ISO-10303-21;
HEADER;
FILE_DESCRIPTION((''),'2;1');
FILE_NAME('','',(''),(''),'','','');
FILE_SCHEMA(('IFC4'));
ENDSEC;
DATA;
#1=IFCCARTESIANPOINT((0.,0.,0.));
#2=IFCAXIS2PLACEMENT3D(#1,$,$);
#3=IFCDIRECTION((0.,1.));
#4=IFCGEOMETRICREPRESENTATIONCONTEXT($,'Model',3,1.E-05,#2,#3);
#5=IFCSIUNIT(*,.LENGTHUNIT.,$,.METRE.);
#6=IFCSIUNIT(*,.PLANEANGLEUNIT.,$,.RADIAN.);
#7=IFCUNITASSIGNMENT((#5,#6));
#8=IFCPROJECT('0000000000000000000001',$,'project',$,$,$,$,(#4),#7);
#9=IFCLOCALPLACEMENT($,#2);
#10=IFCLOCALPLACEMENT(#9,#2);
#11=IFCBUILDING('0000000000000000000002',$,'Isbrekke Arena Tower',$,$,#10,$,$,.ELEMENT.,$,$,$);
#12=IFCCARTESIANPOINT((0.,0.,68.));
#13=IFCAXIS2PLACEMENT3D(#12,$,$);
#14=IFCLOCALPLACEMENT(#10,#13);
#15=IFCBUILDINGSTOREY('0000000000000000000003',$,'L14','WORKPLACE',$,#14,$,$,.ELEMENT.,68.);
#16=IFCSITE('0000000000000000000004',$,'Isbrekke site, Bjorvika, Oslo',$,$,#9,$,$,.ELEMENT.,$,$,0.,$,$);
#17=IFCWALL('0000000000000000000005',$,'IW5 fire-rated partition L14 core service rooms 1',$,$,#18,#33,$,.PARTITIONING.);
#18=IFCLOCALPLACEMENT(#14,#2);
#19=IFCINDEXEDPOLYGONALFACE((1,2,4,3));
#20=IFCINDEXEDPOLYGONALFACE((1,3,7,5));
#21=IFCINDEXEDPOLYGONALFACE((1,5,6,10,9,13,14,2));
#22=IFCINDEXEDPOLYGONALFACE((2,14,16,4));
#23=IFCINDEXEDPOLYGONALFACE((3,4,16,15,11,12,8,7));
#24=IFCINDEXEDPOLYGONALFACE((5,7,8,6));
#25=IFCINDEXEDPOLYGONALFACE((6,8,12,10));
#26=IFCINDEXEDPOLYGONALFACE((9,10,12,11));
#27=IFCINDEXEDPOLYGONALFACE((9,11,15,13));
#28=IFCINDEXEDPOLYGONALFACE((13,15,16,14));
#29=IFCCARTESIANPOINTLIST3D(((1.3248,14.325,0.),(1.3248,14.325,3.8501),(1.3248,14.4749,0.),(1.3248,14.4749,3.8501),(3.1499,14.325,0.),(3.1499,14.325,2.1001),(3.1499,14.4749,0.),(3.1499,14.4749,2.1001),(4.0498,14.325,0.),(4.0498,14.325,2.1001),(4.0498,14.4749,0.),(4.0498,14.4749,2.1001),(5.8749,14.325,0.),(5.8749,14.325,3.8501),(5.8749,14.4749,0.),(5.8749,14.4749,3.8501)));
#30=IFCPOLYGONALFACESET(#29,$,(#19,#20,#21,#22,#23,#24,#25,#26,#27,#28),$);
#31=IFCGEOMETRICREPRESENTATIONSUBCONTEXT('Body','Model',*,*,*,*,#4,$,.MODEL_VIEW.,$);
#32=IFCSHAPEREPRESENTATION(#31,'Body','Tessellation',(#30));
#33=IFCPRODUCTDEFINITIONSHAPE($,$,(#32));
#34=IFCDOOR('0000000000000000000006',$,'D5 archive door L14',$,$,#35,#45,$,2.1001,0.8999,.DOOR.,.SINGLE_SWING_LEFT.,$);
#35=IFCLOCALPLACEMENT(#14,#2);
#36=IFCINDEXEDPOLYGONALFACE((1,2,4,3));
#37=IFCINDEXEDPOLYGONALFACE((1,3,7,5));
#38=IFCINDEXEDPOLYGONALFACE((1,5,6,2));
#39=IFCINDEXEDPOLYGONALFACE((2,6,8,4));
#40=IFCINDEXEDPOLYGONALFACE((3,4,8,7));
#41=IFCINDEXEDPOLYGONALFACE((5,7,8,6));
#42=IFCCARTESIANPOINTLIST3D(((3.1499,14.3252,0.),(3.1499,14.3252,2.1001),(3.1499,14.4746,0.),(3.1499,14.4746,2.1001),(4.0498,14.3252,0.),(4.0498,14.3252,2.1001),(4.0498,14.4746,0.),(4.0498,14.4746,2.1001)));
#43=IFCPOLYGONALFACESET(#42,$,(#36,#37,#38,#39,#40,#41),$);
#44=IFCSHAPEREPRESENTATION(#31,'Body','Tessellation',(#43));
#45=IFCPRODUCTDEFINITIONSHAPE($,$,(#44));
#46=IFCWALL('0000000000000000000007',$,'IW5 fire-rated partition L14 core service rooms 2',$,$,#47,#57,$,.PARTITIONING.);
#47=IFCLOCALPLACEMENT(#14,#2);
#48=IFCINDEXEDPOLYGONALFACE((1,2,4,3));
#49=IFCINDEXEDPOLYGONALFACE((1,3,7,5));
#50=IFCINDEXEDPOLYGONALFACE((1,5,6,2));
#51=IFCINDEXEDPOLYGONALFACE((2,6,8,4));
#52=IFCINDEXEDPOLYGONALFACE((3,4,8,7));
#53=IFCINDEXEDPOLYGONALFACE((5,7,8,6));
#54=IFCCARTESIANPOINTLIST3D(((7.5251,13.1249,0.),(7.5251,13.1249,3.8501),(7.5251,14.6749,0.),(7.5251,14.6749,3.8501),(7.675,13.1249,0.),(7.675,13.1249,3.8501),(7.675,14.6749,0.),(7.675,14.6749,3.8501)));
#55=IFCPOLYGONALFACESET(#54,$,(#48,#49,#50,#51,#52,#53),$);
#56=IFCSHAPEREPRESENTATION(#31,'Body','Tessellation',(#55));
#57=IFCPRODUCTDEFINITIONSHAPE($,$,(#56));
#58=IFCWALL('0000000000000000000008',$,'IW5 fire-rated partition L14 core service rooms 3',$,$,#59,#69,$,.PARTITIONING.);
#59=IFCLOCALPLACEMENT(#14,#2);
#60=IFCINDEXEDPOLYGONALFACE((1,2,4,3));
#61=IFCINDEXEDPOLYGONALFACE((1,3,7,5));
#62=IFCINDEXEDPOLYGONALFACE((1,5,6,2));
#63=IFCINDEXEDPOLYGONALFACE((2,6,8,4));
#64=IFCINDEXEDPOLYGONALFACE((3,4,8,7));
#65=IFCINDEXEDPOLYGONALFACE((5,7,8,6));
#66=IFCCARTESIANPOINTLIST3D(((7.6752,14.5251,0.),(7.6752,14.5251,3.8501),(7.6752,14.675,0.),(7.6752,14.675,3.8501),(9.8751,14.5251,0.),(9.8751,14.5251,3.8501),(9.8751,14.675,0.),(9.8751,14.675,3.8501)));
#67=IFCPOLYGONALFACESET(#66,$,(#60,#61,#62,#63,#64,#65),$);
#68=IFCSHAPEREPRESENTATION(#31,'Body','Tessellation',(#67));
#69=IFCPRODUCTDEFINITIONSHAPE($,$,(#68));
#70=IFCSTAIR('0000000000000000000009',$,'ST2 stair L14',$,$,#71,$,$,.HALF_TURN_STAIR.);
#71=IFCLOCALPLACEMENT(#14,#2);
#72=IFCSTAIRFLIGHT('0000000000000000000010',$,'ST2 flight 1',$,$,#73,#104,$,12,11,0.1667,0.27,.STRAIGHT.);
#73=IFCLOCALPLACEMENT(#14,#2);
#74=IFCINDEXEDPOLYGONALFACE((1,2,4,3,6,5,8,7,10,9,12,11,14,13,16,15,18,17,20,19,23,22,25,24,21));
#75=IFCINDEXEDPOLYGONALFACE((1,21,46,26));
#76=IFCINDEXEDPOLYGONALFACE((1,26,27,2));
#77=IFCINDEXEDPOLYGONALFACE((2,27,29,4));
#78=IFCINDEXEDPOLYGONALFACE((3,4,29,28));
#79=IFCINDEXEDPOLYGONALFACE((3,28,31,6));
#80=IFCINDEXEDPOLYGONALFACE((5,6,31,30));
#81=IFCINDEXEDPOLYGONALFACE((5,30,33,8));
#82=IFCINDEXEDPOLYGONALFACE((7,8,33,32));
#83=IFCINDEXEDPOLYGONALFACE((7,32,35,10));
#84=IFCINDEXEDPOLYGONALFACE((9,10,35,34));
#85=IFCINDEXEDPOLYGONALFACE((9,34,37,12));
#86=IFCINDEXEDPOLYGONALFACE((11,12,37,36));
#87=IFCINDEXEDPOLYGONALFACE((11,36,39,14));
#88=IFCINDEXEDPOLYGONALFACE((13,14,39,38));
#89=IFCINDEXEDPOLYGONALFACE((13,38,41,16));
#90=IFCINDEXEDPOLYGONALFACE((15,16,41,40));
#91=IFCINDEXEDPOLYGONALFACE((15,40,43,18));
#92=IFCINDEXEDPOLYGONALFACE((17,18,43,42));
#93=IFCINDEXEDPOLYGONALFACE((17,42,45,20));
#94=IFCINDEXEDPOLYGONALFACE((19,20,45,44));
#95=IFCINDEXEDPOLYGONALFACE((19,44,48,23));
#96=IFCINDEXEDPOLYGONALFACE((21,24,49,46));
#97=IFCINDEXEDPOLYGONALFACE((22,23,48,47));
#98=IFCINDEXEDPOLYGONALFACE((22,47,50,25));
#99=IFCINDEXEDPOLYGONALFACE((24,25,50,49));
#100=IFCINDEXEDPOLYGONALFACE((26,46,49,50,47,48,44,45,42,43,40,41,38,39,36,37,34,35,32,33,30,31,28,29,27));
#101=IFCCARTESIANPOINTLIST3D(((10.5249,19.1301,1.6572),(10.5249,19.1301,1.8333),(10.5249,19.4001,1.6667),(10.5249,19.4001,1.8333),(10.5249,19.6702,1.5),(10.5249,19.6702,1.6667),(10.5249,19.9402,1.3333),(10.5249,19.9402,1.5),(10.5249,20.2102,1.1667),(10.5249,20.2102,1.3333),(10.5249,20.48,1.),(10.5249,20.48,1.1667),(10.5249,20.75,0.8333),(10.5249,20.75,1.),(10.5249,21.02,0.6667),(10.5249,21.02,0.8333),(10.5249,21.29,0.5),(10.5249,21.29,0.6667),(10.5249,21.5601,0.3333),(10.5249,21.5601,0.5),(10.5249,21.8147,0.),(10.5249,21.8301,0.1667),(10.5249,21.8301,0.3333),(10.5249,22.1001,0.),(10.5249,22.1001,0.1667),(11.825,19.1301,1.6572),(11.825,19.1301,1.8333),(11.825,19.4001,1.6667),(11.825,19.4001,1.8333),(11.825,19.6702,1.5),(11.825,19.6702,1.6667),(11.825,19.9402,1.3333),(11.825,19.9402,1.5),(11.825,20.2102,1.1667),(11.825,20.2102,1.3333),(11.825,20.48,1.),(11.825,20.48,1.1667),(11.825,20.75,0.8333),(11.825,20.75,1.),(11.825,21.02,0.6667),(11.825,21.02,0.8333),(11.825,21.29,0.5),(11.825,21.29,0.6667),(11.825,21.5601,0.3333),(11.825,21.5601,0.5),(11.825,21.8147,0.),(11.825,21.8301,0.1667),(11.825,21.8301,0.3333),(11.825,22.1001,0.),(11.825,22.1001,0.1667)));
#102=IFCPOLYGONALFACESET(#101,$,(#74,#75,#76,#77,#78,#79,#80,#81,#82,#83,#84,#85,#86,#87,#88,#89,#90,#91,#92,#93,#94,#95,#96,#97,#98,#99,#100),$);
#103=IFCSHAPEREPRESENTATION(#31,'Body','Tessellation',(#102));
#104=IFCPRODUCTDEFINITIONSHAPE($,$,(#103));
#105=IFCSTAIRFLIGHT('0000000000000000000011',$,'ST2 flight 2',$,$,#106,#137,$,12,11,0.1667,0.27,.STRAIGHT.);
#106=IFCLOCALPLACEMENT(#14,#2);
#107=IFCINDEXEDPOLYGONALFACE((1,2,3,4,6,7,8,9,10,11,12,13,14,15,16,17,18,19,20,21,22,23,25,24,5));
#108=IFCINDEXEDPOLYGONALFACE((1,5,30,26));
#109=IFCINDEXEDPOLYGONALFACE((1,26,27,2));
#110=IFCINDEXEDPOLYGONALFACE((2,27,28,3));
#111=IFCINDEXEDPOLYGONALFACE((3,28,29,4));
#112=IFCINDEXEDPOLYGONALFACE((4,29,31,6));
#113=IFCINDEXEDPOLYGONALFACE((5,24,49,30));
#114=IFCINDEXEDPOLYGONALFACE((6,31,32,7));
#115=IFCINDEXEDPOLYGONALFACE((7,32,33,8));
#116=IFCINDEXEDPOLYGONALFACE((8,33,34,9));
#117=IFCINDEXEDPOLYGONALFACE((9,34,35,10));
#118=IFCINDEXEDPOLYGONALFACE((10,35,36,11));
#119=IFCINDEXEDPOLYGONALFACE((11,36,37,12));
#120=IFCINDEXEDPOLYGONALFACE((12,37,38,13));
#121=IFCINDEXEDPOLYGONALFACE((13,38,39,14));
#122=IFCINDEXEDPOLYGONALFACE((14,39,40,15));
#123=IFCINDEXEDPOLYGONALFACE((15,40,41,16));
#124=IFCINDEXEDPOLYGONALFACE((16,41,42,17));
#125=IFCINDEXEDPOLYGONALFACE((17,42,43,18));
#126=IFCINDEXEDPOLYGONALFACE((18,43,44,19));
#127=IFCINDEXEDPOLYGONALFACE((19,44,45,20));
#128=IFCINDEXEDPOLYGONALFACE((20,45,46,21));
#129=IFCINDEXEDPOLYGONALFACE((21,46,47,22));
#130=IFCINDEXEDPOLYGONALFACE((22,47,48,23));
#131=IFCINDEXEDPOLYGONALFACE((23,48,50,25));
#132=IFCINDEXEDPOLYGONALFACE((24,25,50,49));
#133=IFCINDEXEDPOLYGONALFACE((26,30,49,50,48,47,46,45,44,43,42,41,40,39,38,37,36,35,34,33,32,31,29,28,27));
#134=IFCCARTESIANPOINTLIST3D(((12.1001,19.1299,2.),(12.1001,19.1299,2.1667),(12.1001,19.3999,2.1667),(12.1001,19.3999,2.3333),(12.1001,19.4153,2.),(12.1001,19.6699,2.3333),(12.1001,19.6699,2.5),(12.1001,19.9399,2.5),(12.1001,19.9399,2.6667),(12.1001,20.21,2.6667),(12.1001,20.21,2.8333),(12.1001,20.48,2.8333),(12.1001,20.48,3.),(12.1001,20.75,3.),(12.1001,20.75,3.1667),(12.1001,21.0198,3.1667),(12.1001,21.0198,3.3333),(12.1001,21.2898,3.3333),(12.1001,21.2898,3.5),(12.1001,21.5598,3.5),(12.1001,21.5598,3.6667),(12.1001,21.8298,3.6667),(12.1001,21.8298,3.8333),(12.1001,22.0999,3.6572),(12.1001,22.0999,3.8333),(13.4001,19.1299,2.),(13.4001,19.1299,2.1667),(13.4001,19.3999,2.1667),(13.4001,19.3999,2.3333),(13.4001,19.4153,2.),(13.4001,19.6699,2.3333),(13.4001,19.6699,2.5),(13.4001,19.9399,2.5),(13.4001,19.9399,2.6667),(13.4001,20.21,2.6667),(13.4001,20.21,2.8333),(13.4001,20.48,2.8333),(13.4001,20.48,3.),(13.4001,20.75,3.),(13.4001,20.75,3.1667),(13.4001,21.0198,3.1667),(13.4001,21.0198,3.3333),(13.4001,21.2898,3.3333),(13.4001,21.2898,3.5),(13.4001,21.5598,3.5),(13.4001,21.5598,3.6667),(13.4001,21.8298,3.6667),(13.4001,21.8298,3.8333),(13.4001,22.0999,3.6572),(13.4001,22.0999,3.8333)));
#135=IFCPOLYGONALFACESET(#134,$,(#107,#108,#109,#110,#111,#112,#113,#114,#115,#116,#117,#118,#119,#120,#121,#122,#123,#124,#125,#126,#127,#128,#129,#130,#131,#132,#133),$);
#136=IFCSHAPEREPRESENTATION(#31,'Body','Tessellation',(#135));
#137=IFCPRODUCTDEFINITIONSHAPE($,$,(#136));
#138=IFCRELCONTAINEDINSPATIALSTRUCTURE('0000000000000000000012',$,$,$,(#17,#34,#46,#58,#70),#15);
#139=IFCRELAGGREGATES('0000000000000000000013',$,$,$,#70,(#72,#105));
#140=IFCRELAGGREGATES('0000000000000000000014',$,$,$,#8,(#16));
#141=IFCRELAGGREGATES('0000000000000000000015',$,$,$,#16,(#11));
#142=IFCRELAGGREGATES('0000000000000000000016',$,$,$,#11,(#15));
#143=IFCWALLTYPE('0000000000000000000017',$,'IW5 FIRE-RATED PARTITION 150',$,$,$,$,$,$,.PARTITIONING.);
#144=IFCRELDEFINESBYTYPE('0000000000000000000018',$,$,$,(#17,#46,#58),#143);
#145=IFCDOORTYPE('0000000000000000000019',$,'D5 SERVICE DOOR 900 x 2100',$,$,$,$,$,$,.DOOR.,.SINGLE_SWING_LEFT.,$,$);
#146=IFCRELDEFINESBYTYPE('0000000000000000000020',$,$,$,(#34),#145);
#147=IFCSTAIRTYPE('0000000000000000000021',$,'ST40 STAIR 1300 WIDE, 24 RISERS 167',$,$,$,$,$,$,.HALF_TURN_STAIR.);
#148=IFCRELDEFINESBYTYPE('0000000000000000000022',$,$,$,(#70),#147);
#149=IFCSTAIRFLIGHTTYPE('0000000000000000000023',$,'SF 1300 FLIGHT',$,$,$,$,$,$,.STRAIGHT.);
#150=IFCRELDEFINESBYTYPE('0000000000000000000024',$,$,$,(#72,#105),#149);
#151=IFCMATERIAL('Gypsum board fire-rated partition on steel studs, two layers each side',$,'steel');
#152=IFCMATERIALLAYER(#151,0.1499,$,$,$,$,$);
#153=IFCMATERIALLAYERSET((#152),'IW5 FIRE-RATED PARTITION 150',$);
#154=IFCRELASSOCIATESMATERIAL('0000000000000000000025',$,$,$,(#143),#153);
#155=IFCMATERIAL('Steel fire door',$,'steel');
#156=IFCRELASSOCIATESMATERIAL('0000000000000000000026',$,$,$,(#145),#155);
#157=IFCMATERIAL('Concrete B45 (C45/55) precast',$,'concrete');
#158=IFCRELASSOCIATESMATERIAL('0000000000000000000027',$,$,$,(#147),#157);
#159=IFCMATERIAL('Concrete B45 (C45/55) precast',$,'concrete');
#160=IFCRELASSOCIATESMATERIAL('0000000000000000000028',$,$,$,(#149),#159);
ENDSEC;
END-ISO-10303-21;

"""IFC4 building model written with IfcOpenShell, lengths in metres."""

from ifc_helpers import new_model, si_unit, direction, frame, frame_2d, origin, place, context, subcontext, project, spatial, polyline, rectangle, outline, extrude, material, layer, layer_set, type_object, element, fill, aggregate, save


model = new_model("IFC4")

# Units and contexts
model_context = context("Model", 3, precision=1e-05, world=origin(), true_north=direction((0.0, 1.0)))
body_context = subcontext(model_context, "Body", "Model", "MODEL_VIEW")
ifc_project = project(units=[si_unit("LENGTHUNIT", "METRE"), si_unit("PLANEANGLEUNIT", "RADIAN")], contexts=[model_context])

# Site, building, storey
site_placement = place(None, origin())
site = spatial("IfcSite", under=ifc_project, at=site_placement, Name="Isbrekke site, Bjorvika, Oslo", CompositionType="ELEMENT", RefElevation=0.0)
building_placement = place(site_placement, origin())
building = spatial("IfcBuilding", under=site, at=building_placement, Name="Isbrekke Arena Tower", CompositionType="ELEMENT")
storey_placement = place(building_placement, frame((0.0, 0.0, 68.0)))
storey = spatial("IfcBuildingStorey", under=building, at=storey_placement, Name="L14", Description="WORKPLACE", CompositionType="ELEMENT", Elevation=68.0)

# Wall, opening, door
ifc_material_1 = material(Name="Gypsum board fire-rated partition on steel studs, two layers each side", Category="steel")
ifc_layer_1 = layer(ifc_material_1, 0.1499)
ifc_layer_set_1 = layer_set([ifc_layer_1], Name="IW5 FIRE-RATED PARTITION 150")
wall_type_1 = type_object("IfcWallType", Name="IW5 FIRE-RATED PARTITION 150", PredefinedType="PARTITIONING", material=ifc_layer_set_1)
ifc_material_2 = material(Name="Steel fire door", Category="steel")
door_type_1 = type_object("IfcDoorType", Name="D5 SERVICE DOOR 900 x 2100", OperationType="SINGLE_SWING_LEFT", PredefinedType="DOOR", material=ifc_material_2)
wall_1_placement = place(storey_placement, frame((1.325, 14.3999, 0.0), z_axis=(0.0, 0.0, 1.0), x_axis=(1.0, 0.0, 0.0)))
wall_1 = element("IfcWall", 1, at=wall_1_placement, inside=storey, type_object=wall_type_1, Name="IW5 fire-rated partition L14 core service rooms 1", PredefinedType="PARTITIONING", context=body_context, shape_type="SweptSolid", body=[
    extrude(rectangle(XDim=4.55, YDim=0.1499, at=frame_2d((2.2749, 0.0))), origin(), (0.0, 0.0, 1.0), 3.8501),
])
opening_1_placement = place(wall_1_placement, frame((1.825, 0.0, 0.0)))
opening_1 = element("IfcOpeningElement", 2, at=opening_1_placement, cuts=wall_1, PredefinedType="OPENING", context=body_context, shape_type="SweptSolid", body=[
    extrude(rectangle(XDim=0.8999, YDim=2.1001, at=frame_2d((0.45, 1.05))), frame((0.0, 0.0898, 0.0), z_axis=(0.0, -1.0, 0.0), x_axis=(1.0, 0.0, 0.0)), (0.0, 0.0, 1.0), 0.1797),
])
door_1_placement = place(opening_1_placement, origin())
door_1 = element("IfcDoor", 3, at=door_1_placement, inside=storey, type_object=door_type_1, Name="D5 archive door L14", OperationType="SINGLE_SWING_LEFT", OverallHeight=2.1001, OverallWidth=0.8999, PredefinedType="DOOR", context=body_context, shape_type="SweptSolid", body=[
    extrude(rectangle(XDim=0.8999, YDim=2.1001, at=frame_2d((0.45, 1.05))), frame((0.0, 0.0747, 0.0), z_axis=(0.0, -1.0, 0.0), x_axis=(1.0, 0.0, 0.0)), (0.0, 0.0, 1.0), 0.1494),
])
fill(opening_1, door_1)

# Walls
wall_2_placement = place(storey_placement, frame((7.6001, 13.125, 0.0), z_axis=(0.0, 0.0, 1.0), x_axis=(0.0, 1.0, 0.0)))
element("IfcWall", 4, at=wall_2_placement, inside=storey, type_object=wall_type_1, Name="IW5 fire-rated partition L14 core service rooms 2", PredefinedType="PARTITIONING", context=body_context, shape_type="SweptSolid", body=[
    extrude(rectangle(XDim=1.55, YDim=0.1499, at=frame_2d((0.7749, 0.0))), origin(), (0.0, 0.0, 1.0), 3.8501),
])
wall_3_placement = place(storey_placement, frame((7.675, 14.6001, 0.0), z_axis=(0.0, 0.0, 1.0), x_axis=(1.0, 0.0, 0.0)))
element("IfcWall", 5, at=wall_3_placement, inside=storey, type_object=wall_type_1, Name="IW5 fire-rated partition L14 core service rooms 3", PredefinedType="PARTITIONING", context=body_context, shape_type="SweptSolid", body=[
    extrude(rectangle(XDim=2.2, YDim=0.1499, at=frame_2d((1.1001, 0.0))), origin(), (0.0, 0.0, 1.0), 3.8501),
])

# Stair, stair flights
ifc_material_3 = material(Name="Concrete B45 (C45/55) precast", Category="concrete")
stair_type = type_object("IfcStairType", Name="ST40 STAIR 1300 WIDE, 24 RISERS 167", PredefinedType="HALF_TURN_STAIR", material=ifc_material_3)
stair_placement = place(storey_placement, origin())
stair = element("IfcStair", 6, at=stair_placement, inside=storey, type_object=stair_type, Name="ST2 stair L14", PredefinedType="HALF_TURN_STAIR")
ifc_material_4 = material(Name="Concrete B45 (C45/55) precast", Category="concrete")
stair_flight_type = type_object("IfcStairFlightType", Name="SF 1300 FLIGHT", PredefinedType="STRAIGHT", material=ifc_material_4)
stair_flight_1_placement = place(storey_placement, frame((11.175, 22.1001, 0.0), z_axis=(0.0, 0.0, 1.0), x_axis=(0.0, -1.0, 0.0)))
stair_flight_1 = element("IfcStairFlight", 7, at=stair_flight_1_placement, type_object=stair_flight_type, Name="ST2 flight 1", NumberOfRisers=12, NumberOfTreads=11, PredefinedType="STRAIGHT", RiserHeight=0.1667, TreadLength=0.27, context=body_context, shape_type="SweptSolid", body=[
    extrude(outline(polyline([(0.0, 0.0), (0.0, 0.1667), (0.27, 0.1667), (0.27, 0.3333), (0.54, 0.3333), (0.54, 0.5), (0.8101, 0.5), (0.8101, 0.6667), (1.0801, 0.6667), (1.0801, 0.8333), (1.3501, 0.8333), (1.3501, 1.0), (1.6201, 1.0), (1.6201, 1.1667), (1.8899, 1.1667), (1.8899, 1.3333), (2.1599, 1.3333), (2.1599, 1.5), (2.4299, 1.5), (2.4299, 1.6667), (2.7, 1.6667), (2.7, 1.8333), (2.97, 1.8333), (2.97, 2.0), (2.97, 1.6572), (0.2854, 0.0), (0.0, 0.0)])), frame((0.0, 0.6499, 0.0), z_axis=(0.0, -1.0, 0.0), x_axis=(1.0, 0.0, 0.0)), (0.0, 0.0, 1.0), 1.3),
])
stair_flight_2_placement = place(storey_placement, frame((12.75, 19.1299, 2.0), z_axis=(0.0, 0.0, 1.0), x_axis=(0.0, 1.0, 0.0)))
stair_flight_2 = element("IfcStairFlight", 8, at=stair_flight_2_placement, type_object=stair_flight_type, Name="ST2 flight 2", NumberOfRisers=12, NumberOfTreads=11, PredefinedType="STRAIGHT", RiserHeight=0.1667, TreadLength=0.27, context=body_context, shape_type="SweptSolid", body=[
    extrude(outline(polyline([(0.0, 0.0), (0.0, 0.1667), (0.27, 0.1667), (0.27, 0.3333), (0.54, 0.3333), (0.54, 0.5), (0.8101, 0.5), (0.8101, 0.6667), (1.0801, 0.6667), (1.0801, 0.8333), (1.3501, 0.8333), (1.3501, 1.0), (1.6201, 1.0), (1.6201, 1.1667), (1.8899, 1.1667), (1.8899, 1.3333), (2.1599, 1.3333), (2.1599, 1.5), (2.4299, 1.5), (2.4299, 1.6667), (2.7, 1.6667), (2.7, 1.8333), (2.97, 1.8333), (2.97, 2.0), (2.97, 1.6572), (0.2854, 0.0), (0.0, 0.0)])), frame((0.0, 0.6499, 0.0), z_axis=(0.0, -1.0, 0.0), x_axis=(1.0, 0.0, 0.0)), (0.0, 0.0, 1.0), 1.3),
])
aggregate(stair, [stair_flight_1, stair_flight_2])

save(model, "model.ifc")
